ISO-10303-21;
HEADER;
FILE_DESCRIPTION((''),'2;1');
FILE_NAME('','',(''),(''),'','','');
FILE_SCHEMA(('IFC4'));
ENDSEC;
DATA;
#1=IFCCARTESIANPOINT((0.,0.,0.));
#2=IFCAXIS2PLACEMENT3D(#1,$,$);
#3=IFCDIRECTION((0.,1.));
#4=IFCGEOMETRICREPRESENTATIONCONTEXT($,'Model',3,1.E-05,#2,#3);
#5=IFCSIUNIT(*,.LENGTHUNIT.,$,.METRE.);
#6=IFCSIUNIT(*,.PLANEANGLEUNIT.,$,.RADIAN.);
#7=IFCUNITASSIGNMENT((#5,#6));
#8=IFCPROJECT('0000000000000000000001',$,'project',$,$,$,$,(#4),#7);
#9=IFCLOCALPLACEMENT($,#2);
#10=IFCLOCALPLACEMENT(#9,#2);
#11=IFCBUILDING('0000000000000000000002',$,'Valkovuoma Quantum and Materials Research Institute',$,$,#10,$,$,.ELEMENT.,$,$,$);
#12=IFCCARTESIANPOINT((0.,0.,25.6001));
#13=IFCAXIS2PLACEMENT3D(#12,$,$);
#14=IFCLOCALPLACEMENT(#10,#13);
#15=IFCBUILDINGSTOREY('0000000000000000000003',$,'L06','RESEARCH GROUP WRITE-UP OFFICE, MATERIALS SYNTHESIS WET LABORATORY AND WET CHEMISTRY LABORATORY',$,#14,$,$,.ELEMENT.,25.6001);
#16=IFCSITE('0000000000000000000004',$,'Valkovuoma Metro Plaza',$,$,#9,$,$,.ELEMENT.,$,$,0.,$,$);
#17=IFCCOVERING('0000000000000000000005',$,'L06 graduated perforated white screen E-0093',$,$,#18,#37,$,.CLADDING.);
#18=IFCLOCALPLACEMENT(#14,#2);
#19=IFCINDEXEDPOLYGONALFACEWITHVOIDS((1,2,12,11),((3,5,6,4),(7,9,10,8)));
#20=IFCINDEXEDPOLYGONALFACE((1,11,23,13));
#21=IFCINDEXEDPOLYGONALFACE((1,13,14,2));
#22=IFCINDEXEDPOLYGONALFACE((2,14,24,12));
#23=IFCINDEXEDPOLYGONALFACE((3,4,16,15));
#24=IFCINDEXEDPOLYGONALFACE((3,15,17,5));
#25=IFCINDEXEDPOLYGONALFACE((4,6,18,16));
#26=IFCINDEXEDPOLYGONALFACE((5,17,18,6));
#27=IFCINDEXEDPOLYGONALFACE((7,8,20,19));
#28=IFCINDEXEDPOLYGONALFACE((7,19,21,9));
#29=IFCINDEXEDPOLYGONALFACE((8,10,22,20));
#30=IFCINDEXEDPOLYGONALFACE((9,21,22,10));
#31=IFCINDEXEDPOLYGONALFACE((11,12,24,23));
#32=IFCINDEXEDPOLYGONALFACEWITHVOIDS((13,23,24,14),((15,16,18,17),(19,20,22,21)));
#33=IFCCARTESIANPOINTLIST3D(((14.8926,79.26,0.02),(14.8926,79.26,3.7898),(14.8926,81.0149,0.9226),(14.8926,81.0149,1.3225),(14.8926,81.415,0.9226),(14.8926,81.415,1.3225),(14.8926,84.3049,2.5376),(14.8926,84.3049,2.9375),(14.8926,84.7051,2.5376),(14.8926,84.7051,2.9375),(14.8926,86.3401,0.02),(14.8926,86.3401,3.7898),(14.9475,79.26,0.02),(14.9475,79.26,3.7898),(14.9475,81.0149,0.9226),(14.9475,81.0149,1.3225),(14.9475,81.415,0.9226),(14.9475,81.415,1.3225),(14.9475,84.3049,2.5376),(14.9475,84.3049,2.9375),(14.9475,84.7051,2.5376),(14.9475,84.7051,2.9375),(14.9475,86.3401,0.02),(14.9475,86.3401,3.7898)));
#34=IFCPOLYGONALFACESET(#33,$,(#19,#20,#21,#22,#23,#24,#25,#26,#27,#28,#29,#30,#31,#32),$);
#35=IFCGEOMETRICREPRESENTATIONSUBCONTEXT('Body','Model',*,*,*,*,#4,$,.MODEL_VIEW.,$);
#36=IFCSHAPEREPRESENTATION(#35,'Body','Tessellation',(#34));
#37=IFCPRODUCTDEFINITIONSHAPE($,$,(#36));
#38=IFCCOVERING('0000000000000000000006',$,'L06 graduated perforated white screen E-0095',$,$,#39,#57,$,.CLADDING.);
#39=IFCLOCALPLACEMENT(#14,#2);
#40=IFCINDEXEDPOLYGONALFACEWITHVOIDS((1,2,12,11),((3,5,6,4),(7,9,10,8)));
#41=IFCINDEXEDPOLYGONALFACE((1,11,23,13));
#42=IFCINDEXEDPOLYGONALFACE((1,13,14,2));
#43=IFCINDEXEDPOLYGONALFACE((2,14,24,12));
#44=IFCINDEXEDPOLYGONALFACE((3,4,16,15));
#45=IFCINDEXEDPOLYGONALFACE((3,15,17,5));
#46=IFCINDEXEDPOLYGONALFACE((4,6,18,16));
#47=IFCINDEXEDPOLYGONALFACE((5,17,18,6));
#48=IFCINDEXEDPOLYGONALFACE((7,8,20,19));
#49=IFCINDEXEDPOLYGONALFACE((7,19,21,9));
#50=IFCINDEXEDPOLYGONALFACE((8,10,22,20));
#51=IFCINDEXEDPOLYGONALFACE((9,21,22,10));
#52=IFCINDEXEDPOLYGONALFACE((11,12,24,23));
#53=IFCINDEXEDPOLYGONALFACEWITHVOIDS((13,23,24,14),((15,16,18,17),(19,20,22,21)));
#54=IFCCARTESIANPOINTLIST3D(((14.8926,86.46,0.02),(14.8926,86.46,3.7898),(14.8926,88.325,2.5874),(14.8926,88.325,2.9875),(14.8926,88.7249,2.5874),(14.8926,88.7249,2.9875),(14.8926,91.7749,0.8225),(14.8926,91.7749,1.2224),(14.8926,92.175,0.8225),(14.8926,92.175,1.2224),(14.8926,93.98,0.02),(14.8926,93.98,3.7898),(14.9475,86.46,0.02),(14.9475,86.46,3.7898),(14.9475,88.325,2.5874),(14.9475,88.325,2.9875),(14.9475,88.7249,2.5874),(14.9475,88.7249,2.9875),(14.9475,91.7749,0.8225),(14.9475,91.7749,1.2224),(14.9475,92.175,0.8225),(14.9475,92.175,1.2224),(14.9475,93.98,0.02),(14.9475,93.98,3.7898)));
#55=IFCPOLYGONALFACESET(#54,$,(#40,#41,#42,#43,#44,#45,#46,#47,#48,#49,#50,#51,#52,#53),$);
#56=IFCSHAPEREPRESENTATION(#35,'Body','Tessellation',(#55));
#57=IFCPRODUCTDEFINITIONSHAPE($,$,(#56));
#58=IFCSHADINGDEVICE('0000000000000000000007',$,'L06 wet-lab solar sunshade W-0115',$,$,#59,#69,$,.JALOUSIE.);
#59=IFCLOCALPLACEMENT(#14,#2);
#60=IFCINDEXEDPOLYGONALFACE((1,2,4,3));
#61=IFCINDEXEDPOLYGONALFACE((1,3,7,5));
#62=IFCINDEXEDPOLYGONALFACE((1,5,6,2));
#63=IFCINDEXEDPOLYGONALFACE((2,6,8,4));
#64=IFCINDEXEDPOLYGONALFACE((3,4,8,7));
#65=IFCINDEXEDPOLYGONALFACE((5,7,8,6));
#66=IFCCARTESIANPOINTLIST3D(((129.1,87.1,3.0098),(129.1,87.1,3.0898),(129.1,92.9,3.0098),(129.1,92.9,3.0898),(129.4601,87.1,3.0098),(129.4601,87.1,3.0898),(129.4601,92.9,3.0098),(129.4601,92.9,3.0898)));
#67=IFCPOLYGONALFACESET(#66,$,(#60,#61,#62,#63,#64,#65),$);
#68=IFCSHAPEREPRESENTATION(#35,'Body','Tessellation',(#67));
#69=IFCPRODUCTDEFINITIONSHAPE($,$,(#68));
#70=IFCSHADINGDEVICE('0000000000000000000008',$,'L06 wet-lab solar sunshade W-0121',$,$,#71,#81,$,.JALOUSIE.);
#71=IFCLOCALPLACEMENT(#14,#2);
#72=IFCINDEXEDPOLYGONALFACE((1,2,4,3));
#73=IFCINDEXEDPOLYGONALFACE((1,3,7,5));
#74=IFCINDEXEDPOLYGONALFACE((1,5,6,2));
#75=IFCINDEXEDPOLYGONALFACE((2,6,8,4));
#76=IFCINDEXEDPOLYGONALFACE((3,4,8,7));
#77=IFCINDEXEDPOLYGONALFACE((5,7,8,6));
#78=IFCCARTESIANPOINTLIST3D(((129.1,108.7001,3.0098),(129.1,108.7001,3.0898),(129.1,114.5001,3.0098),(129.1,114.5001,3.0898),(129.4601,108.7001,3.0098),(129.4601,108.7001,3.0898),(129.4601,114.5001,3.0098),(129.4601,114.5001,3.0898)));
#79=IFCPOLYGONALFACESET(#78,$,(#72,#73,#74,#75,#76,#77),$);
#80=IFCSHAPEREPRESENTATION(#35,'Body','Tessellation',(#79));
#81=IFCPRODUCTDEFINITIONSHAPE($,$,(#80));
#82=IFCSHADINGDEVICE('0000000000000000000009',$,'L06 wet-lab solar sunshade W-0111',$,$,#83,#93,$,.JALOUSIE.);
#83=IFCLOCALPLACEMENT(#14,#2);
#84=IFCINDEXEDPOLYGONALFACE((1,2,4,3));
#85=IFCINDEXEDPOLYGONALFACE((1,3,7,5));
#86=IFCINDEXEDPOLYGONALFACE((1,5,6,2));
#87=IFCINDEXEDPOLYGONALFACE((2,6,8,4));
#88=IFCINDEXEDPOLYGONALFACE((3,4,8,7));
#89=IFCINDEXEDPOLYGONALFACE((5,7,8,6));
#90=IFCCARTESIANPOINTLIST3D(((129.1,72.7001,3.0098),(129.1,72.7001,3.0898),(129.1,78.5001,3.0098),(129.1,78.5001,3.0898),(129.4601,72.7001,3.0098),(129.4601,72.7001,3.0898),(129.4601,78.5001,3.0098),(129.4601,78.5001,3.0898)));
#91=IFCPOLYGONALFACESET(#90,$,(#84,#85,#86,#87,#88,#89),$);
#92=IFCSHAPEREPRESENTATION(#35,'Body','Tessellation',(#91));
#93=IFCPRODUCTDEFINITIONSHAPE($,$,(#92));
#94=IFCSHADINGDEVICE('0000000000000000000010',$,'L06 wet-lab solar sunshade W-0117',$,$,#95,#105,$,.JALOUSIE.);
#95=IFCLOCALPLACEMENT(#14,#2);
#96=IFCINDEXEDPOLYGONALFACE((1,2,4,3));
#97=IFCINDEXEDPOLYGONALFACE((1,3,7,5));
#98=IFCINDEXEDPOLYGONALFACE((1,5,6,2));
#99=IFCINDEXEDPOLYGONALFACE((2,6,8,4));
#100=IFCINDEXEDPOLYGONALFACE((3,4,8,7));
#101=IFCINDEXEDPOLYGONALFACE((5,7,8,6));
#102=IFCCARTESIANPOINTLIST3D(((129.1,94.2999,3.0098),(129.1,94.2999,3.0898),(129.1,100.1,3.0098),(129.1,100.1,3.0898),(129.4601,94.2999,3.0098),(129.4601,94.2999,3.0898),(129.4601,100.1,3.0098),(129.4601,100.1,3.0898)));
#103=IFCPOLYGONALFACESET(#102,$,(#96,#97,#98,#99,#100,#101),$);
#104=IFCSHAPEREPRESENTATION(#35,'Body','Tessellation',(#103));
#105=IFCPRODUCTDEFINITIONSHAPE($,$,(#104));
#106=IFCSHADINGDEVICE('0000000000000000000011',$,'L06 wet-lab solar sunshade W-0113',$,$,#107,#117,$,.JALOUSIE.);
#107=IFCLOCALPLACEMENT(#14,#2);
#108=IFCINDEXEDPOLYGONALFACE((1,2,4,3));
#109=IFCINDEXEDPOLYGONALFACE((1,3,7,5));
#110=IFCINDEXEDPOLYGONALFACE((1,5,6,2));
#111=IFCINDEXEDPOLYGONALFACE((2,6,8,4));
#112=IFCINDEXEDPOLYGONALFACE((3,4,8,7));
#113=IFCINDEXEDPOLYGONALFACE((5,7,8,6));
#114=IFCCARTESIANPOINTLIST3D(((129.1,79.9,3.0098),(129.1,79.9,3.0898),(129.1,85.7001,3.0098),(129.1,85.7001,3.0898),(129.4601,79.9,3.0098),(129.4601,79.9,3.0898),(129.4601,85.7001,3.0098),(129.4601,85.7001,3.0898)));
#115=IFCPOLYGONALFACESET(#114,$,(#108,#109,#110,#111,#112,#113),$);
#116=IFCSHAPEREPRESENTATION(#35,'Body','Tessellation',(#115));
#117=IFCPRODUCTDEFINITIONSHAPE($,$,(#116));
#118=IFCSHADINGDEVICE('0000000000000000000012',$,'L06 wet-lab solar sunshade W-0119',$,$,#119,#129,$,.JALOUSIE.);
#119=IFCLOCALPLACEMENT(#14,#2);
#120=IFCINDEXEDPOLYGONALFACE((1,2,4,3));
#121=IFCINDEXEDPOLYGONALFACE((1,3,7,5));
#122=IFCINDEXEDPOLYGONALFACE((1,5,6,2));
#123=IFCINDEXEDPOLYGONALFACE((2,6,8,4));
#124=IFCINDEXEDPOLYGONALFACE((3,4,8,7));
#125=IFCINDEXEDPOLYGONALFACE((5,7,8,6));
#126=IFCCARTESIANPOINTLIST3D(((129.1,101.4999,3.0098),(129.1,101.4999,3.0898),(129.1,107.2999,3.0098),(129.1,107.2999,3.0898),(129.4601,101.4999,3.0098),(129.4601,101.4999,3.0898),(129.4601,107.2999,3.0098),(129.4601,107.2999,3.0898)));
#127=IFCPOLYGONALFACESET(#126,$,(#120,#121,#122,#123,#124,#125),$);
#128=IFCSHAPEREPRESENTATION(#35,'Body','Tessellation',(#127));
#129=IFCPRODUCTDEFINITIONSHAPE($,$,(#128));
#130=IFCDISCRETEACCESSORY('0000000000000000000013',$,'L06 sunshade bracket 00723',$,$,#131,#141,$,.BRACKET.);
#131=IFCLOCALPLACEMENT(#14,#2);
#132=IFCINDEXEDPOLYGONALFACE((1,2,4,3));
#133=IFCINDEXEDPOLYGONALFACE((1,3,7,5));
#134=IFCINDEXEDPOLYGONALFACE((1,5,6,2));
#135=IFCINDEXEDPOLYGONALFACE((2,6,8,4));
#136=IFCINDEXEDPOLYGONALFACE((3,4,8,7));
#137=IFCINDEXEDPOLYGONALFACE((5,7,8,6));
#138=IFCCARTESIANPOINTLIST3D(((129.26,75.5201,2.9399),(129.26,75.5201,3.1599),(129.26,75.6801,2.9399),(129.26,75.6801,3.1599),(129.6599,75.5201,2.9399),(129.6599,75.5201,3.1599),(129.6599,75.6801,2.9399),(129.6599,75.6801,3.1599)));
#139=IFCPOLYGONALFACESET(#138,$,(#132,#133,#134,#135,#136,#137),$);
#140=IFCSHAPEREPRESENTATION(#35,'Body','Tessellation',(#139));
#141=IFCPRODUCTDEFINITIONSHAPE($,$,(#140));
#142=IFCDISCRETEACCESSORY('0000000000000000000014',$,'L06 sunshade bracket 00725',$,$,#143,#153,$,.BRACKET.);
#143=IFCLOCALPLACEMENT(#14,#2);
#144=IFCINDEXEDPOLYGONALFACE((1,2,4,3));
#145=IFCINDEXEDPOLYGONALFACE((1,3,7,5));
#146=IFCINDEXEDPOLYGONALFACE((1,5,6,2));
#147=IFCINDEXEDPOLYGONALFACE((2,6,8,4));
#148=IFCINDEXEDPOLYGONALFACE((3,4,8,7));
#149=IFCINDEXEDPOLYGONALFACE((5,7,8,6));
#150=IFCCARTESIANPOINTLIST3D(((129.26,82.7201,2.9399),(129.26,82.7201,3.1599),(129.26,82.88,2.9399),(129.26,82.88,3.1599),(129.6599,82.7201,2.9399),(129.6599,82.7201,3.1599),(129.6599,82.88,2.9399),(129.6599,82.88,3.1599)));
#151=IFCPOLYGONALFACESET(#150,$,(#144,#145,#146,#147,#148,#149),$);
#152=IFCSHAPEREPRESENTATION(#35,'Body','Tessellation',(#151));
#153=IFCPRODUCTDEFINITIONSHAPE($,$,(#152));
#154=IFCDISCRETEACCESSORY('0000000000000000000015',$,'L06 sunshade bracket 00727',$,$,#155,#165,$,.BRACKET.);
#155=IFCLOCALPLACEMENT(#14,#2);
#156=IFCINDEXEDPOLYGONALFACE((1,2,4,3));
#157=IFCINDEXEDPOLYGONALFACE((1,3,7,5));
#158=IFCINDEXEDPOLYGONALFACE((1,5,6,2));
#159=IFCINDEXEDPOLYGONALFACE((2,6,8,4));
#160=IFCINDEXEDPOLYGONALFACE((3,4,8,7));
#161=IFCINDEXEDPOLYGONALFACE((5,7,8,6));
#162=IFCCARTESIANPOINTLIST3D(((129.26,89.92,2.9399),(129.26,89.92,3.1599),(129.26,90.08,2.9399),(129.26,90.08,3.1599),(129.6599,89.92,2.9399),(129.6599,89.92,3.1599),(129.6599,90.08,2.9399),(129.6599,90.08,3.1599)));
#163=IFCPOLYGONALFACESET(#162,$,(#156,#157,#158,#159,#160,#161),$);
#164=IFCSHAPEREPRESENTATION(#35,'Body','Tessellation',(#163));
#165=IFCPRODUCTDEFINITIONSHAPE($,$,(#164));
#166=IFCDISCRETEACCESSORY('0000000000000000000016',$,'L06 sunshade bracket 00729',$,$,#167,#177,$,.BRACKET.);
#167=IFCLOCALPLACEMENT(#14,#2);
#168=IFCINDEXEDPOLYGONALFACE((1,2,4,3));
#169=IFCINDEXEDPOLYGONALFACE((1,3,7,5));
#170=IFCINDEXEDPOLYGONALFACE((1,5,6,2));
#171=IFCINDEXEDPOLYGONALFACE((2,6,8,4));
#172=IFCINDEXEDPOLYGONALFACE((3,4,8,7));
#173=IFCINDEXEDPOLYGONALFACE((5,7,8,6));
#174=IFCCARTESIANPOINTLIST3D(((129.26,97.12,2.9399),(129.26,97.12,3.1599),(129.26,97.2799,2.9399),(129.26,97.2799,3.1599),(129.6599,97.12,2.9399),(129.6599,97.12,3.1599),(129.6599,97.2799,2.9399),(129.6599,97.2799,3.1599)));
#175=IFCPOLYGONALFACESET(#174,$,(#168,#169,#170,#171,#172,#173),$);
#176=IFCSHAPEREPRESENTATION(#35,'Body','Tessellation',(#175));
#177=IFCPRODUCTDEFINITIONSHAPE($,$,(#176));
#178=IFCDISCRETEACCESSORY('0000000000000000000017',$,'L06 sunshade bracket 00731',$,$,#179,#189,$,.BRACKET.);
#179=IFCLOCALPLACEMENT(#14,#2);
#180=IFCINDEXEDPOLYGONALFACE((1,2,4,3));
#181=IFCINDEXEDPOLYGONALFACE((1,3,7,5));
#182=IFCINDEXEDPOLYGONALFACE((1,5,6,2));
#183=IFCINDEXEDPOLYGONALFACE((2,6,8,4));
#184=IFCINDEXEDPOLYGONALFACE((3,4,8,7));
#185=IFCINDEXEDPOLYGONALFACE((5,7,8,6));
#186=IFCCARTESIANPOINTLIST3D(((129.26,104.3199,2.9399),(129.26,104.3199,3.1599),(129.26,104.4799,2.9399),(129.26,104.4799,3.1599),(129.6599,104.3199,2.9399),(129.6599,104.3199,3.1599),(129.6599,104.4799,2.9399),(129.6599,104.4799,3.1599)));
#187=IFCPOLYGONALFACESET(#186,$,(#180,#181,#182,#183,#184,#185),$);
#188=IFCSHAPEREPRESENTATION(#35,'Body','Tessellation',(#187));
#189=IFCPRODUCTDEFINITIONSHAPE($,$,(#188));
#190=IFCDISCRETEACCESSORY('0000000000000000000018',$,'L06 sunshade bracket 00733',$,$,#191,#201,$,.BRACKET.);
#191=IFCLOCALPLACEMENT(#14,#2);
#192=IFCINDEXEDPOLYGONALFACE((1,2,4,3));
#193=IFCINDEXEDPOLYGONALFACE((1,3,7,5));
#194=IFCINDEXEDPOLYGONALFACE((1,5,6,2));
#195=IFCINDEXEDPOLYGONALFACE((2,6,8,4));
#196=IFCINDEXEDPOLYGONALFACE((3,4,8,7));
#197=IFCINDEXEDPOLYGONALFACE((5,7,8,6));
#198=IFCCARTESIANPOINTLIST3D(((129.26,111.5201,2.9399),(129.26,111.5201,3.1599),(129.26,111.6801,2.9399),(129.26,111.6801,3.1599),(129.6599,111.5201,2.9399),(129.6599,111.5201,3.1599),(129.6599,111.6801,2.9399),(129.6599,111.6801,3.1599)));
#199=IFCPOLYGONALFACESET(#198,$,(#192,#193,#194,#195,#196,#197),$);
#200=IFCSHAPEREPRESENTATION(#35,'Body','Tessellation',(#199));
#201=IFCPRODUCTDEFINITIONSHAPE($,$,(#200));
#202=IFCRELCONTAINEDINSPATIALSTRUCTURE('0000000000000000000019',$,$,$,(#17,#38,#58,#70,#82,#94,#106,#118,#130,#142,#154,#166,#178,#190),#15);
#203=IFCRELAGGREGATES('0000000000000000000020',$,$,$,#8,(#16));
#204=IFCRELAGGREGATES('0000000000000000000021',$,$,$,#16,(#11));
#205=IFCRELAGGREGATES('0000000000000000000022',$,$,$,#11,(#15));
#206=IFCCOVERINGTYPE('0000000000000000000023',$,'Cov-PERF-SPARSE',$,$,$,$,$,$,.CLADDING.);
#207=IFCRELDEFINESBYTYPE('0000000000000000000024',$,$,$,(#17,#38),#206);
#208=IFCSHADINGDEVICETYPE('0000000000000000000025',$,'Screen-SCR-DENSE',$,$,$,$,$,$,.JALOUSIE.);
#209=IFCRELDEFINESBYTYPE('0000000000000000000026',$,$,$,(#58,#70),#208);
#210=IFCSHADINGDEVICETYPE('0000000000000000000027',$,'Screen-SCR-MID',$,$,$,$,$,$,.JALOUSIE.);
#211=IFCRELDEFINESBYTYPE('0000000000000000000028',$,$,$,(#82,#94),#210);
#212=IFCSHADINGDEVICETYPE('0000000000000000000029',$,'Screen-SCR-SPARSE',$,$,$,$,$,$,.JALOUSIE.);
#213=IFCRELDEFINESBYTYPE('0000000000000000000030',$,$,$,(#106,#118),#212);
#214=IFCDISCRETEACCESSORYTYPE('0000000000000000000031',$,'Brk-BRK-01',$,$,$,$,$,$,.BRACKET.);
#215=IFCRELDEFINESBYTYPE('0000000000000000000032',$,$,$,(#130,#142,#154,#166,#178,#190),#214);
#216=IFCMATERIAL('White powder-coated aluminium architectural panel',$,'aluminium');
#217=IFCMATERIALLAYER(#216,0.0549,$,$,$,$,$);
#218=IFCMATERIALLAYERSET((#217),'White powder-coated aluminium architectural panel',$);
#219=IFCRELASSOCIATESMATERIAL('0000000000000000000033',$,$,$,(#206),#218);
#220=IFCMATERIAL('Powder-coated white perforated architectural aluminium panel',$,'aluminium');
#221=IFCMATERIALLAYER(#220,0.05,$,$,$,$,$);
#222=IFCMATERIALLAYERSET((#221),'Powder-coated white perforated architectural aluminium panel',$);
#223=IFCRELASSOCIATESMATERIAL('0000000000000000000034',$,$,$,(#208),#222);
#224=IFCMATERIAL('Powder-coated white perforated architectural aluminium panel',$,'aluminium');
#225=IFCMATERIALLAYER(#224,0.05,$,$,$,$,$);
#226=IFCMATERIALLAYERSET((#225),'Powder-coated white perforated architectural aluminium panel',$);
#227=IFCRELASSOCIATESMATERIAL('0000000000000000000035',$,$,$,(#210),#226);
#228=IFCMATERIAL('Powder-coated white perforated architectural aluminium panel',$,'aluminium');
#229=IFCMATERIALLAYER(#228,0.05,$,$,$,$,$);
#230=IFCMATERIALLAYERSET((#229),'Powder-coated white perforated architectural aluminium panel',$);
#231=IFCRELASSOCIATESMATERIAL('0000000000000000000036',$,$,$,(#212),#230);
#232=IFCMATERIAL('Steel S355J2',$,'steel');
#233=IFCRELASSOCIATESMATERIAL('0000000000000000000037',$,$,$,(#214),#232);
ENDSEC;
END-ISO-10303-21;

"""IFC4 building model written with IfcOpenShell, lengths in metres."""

from ifc_helpers import new_model, si_unit, direction, frame, origin, origin_2d, place, context, subcontext, project, spatial, polyline, rectangle, outline, extrude, material, layer, layer_set, type_object, element, save


model = new_model("IFC4")

# Units and contexts
model_context = context("Model", 3, precision=1e-05, world=origin(), true_north=direction((0.0, 1.0)))
body_context = subcontext(model_context, "Body", "Model", "MODEL_VIEW")
ifc_project = project(units=[si_unit("LENGTHUNIT", "METRE"), si_unit("PLANEANGLEUNIT", "RADIAN")], contexts=[model_context])

# Site, building, storey
site_placement = place(None, origin())
site = spatial("IfcSite", under=ifc_project, at=site_placement, Name="Valkovuoma Metro Plaza", CompositionType="ELEMENT", RefElevation=0.0)
building_placement = place(site_placement, origin())
building = spatial("IfcBuilding", under=site, at=building_placement, Name="Valkovuoma Quantum and Materials Research Institute", CompositionType="ELEMENT")
storey_placement = place(building_placement, frame((0.0, 0.0, 25.6001)))
storey = spatial("IfcBuildingStorey", under=building, at=storey_placement, Name="L06", Description="RESEARCH GROUP WRITE-UP OFFICE, MATERIALS SYNTHESIS WET LABORATORY AND WET CHEMISTRY LABORATORY", CompositionType="ELEMENT", Elevation=25.6001)

# Coverings
ifc_material_1 = material(Name="White powder-coated aluminium architectural panel", Category="aluminium")
ifc_layer_1 = layer(ifc_material_1, 0.0549)
ifc_layer_set_1 = layer_set([ifc_layer_1], Name="White powder-coated aluminium architectural panel")
covering_type_1 = type_object("IfcCoveringType", Name="Cov-PERF-SPARSE", PredefinedType="CLADDING", material=ifc_layer_set_1)
covering_1_placement = place(storey_placement, frame((14.9199, 79.26, 0.02), z_axis=(0.0, 0.0, 1.0), x_axis=(0.0, 1.0, 0.0)))
element("IfcCovering", 1, at=covering_1_placement, inside=storey, type_object=covering_type_1, Name="L06 graduated perforated white screen E-0093", PredefinedType="CLADDING", context=body_context, shape_type="SweptSolid", body=[
    extrude(outline(polyline([(0.0, 0.0), (7.0801, 0.0), (7.0801, 3.7698), (0.0, 3.7698), (0.0, 0.0)]), holes=[polyline([(1.7549, 0.9026), (1.7549, 1.3025), (2.155, 1.3025), (2.155, 0.9026), (1.7549, 0.9026)]), polyline([(5.0449, 2.5176), (5.0449, 2.9175), (5.4451, 2.9175), (5.4451, 2.5176), (5.0449, 2.5176)])]), frame((0.0, 0.0273, 0.0), z_axis=(0.0, -1.0, 0.0), x_axis=(1.0, 0.0, 0.0)), (0.0, 0.0, 1.0), 0.0549),
])
covering_2_placement = place(storey_placement, frame((14.9199, 86.46, 0.02), z_axis=(0.0, 0.0, 1.0), x_axis=(0.0, 1.0, 0.0)))
element("IfcCovering", 2, at=covering_2_placement, inside=storey, type_object=covering_type_1, Name="L06 graduated perforated white screen E-0095", PredefinedType="CLADDING", context=body_context, shape_type="SweptSolid", body=[
    extrude(outline(polyline([(0.0, 0.0), (7.52, 0.0), (7.52, 3.7698), (0.0, 3.7698), (0.0, 0.0)]), holes=[polyline([(1.865, 2.5674), (1.865, 2.9675), (2.2649, 2.9675), (2.2649, 2.5674), (1.865, 2.5674)]), polyline([(5.3149, 0.8025), (5.3149, 1.2024), (5.7151, 1.2024), (5.7151, 0.8025), (5.3149, 0.8025)])]), frame((0.0, 0.0273, 0.0), z_axis=(0.0, -1.0, 0.0), x_axis=(1.0, 0.0, 0.0)), (0.0, 0.0, 1.0), 0.0549),
])

# Shading devices
ifc_material_2 = material(Name="Powder-coated white perforated architectural aluminium panel", Category="aluminium")
ifc_layer_2 = layer(ifc_material_2, 0.05)
ifc_layer_set_2 = layer_set([ifc_layer_2], Name="Powder-coated white perforated architectural aluminium panel")
shading_device_type_1 = type_object("IfcShadingDeviceType", Name="Screen-SCR-DENSE", PredefinedType="JALOUSIE", material=ifc_layer_set_2)
for number, where, z_axis, x_axis, name in (
    (3, (129.28, 90.0, 3.0098), (0.0, 0.0, 1.0), (1.0, 0.0, 0.0), "L06 wet-lab solar sunshade W-0115"),
    (4, (129.28, 111.6001, 3.0098), (0.0, 0.0, 1.0), (1.0, 0.0, 0.0), "L06 wet-lab solar sunshade W-0121"),
):
    element("IfcShadingDevice", number, at=place(storey_placement, frame(where, z_axis=z_axis, x_axis=x_axis)), inside=storey, type_object=shading_device_type_1, Name=name, PredefinedType="JALOUSIE", context=body_context, shape_type="SweptSolid", body=[
        extrude(rectangle(XDim=0.3601, YDim=5.8, at=origin_2d()), origin(), (0.0, 0.0, 1.0), 0.0801),
    ])
ifc_material_3 = material(Name="Powder-coated white perforated architectural aluminium panel", Category="aluminium")
ifc_layer_3 = layer(ifc_material_3, 0.05)
ifc_layer_set_3 = layer_set([ifc_layer_3], Name="Powder-coated white perforated architectural aluminium panel")
shading_device_type_2 = type_object("IfcShadingDeviceType", Name="Screen-SCR-MID", PredefinedType="JALOUSIE", material=ifc_layer_set_3)
for number, where, z_axis, x_axis, name in (
    (5, (129.28, 75.6001, 3.0098), (0.0, 0.0, 1.0), (1.0, 0.0, 0.0), "L06 wet-lab solar sunshade W-0111"),
    (6, (129.28, 97.2, 3.0098), (0.0, 0.0, 1.0), (1.0, 0.0, 0.0), "L06 wet-lab solar sunshade W-0117"),
):
    element("IfcShadingDevice", number, at=place(storey_placement, frame(where, z_axis=z_axis, x_axis=x_axis)), inside=storey, type_object=shading_device_type_2, Name=name, PredefinedType="JALOUSIE", context=body_context, shape_type="SweptSolid", body=[
        extrude(rectangle(XDim=0.3601, YDim=5.8, at=origin_2d()), origin(), (0.0, 0.0, 1.0), 0.0801),
    ])
ifc_material_4 = material(Name="Powder-coated white perforated architectural aluminium panel", Category="aluminium")
ifc_layer_4 = layer(ifc_material_4, 0.05)
ifc_layer_set_4 = layer_set([ifc_layer_4], Name="Powder-coated white perforated architectural aluminium panel")
shading_device_type_3 = type_object("IfcShadingDeviceType", Name="Screen-SCR-SPARSE", PredefinedType="JALOUSIE", material=ifc_layer_set_4)
for number, where, z_axis, x_axis, name in (
    (7, (129.28, 82.8, 3.0098), (0.0, 0.0, 1.0), (1.0, 0.0, 0.0), "L06 wet-lab solar sunshade W-0113"),
    (8, (129.28, 104.3999, 3.0098), (0.0, 0.0, 1.0), (1.0, 0.0, 0.0), "L06 wet-lab solar sunshade W-0119"),
):
    element("IfcShadingDevice", number, at=place(storey_placement, frame(where, z_axis=z_axis, x_axis=x_axis)), inside=storey, type_object=shading_device_type_3, Name=name, PredefinedType="JALOUSIE", context=body_context, shape_type="SweptSolid", body=[
        extrude(rectangle(XDim=0.3601, YDim=5.8, at=origin_2d()), origin(), (0.0, 0.0, 1.0), 0.0801),
    ])

# Discrete accessories
ifc_material_5 = material(Name="Steel S355J2", Category="steel")
discrete_accessory_type = type_object("IfcDiscreteAccessoryType", Name="Brk-BRK-01", PredefinedType="BRACKET", material=ifc_material_5)
for number, where, z_axis, x_axis, name in (
    (9, (129.46, 75.6001, 2.9399), (0.0, 0.0, 1.0), (1.0, 0.0, 0.0), "L06 sunshade bracket 00723"),
    (10, (129.46, 82.8, 2.9399), (0.0, 0.0, 1.0), (1.0, 0.0, 0.0), "L06 sunshade bracket 00725"),
    (11, (129.46, 90.0, 2.9399), (0.0, 0.0, 1.0), (1.0, 0.0, 0.0), "L06 sunshade bracket 00727"),
    (12, (129.46, 97.2, 2.9399), (0.0, 0.0, 1.0), (1.0, 0.0, 0.0), "L06 sunshade bracket 00729"),
    (13, (129.46, 104.3999, 2.9399), (0.0, 0.0, 1.0), (1.0, 0.0, 0.0), "L06 sunshade bracket 00731"),
    (14, (129.46, 111.6001, 2.9399), (0.0, 0.0, 1.0), (1.0, 0.0, 0.0), "L06 sunshade bracket 00733"),
):
    element("IfcDiscreteAccessory", number, at=place(storey_placement, frame(where, z_axis=z_axis, x_axis=x_axis)), inside=storey, type_object=discrete_accessory_type, Name=name, PredefinedType="BRACKET", context=body_context, shape_type="SweptSolid", body=[
        extrude(rectangle(XDim=0.3999, YDim=0.1599, at=origin_2d()), origin(), (0.0, 0.0, 1.0), 0.22),
    ])

save(model, "model.ifc")
